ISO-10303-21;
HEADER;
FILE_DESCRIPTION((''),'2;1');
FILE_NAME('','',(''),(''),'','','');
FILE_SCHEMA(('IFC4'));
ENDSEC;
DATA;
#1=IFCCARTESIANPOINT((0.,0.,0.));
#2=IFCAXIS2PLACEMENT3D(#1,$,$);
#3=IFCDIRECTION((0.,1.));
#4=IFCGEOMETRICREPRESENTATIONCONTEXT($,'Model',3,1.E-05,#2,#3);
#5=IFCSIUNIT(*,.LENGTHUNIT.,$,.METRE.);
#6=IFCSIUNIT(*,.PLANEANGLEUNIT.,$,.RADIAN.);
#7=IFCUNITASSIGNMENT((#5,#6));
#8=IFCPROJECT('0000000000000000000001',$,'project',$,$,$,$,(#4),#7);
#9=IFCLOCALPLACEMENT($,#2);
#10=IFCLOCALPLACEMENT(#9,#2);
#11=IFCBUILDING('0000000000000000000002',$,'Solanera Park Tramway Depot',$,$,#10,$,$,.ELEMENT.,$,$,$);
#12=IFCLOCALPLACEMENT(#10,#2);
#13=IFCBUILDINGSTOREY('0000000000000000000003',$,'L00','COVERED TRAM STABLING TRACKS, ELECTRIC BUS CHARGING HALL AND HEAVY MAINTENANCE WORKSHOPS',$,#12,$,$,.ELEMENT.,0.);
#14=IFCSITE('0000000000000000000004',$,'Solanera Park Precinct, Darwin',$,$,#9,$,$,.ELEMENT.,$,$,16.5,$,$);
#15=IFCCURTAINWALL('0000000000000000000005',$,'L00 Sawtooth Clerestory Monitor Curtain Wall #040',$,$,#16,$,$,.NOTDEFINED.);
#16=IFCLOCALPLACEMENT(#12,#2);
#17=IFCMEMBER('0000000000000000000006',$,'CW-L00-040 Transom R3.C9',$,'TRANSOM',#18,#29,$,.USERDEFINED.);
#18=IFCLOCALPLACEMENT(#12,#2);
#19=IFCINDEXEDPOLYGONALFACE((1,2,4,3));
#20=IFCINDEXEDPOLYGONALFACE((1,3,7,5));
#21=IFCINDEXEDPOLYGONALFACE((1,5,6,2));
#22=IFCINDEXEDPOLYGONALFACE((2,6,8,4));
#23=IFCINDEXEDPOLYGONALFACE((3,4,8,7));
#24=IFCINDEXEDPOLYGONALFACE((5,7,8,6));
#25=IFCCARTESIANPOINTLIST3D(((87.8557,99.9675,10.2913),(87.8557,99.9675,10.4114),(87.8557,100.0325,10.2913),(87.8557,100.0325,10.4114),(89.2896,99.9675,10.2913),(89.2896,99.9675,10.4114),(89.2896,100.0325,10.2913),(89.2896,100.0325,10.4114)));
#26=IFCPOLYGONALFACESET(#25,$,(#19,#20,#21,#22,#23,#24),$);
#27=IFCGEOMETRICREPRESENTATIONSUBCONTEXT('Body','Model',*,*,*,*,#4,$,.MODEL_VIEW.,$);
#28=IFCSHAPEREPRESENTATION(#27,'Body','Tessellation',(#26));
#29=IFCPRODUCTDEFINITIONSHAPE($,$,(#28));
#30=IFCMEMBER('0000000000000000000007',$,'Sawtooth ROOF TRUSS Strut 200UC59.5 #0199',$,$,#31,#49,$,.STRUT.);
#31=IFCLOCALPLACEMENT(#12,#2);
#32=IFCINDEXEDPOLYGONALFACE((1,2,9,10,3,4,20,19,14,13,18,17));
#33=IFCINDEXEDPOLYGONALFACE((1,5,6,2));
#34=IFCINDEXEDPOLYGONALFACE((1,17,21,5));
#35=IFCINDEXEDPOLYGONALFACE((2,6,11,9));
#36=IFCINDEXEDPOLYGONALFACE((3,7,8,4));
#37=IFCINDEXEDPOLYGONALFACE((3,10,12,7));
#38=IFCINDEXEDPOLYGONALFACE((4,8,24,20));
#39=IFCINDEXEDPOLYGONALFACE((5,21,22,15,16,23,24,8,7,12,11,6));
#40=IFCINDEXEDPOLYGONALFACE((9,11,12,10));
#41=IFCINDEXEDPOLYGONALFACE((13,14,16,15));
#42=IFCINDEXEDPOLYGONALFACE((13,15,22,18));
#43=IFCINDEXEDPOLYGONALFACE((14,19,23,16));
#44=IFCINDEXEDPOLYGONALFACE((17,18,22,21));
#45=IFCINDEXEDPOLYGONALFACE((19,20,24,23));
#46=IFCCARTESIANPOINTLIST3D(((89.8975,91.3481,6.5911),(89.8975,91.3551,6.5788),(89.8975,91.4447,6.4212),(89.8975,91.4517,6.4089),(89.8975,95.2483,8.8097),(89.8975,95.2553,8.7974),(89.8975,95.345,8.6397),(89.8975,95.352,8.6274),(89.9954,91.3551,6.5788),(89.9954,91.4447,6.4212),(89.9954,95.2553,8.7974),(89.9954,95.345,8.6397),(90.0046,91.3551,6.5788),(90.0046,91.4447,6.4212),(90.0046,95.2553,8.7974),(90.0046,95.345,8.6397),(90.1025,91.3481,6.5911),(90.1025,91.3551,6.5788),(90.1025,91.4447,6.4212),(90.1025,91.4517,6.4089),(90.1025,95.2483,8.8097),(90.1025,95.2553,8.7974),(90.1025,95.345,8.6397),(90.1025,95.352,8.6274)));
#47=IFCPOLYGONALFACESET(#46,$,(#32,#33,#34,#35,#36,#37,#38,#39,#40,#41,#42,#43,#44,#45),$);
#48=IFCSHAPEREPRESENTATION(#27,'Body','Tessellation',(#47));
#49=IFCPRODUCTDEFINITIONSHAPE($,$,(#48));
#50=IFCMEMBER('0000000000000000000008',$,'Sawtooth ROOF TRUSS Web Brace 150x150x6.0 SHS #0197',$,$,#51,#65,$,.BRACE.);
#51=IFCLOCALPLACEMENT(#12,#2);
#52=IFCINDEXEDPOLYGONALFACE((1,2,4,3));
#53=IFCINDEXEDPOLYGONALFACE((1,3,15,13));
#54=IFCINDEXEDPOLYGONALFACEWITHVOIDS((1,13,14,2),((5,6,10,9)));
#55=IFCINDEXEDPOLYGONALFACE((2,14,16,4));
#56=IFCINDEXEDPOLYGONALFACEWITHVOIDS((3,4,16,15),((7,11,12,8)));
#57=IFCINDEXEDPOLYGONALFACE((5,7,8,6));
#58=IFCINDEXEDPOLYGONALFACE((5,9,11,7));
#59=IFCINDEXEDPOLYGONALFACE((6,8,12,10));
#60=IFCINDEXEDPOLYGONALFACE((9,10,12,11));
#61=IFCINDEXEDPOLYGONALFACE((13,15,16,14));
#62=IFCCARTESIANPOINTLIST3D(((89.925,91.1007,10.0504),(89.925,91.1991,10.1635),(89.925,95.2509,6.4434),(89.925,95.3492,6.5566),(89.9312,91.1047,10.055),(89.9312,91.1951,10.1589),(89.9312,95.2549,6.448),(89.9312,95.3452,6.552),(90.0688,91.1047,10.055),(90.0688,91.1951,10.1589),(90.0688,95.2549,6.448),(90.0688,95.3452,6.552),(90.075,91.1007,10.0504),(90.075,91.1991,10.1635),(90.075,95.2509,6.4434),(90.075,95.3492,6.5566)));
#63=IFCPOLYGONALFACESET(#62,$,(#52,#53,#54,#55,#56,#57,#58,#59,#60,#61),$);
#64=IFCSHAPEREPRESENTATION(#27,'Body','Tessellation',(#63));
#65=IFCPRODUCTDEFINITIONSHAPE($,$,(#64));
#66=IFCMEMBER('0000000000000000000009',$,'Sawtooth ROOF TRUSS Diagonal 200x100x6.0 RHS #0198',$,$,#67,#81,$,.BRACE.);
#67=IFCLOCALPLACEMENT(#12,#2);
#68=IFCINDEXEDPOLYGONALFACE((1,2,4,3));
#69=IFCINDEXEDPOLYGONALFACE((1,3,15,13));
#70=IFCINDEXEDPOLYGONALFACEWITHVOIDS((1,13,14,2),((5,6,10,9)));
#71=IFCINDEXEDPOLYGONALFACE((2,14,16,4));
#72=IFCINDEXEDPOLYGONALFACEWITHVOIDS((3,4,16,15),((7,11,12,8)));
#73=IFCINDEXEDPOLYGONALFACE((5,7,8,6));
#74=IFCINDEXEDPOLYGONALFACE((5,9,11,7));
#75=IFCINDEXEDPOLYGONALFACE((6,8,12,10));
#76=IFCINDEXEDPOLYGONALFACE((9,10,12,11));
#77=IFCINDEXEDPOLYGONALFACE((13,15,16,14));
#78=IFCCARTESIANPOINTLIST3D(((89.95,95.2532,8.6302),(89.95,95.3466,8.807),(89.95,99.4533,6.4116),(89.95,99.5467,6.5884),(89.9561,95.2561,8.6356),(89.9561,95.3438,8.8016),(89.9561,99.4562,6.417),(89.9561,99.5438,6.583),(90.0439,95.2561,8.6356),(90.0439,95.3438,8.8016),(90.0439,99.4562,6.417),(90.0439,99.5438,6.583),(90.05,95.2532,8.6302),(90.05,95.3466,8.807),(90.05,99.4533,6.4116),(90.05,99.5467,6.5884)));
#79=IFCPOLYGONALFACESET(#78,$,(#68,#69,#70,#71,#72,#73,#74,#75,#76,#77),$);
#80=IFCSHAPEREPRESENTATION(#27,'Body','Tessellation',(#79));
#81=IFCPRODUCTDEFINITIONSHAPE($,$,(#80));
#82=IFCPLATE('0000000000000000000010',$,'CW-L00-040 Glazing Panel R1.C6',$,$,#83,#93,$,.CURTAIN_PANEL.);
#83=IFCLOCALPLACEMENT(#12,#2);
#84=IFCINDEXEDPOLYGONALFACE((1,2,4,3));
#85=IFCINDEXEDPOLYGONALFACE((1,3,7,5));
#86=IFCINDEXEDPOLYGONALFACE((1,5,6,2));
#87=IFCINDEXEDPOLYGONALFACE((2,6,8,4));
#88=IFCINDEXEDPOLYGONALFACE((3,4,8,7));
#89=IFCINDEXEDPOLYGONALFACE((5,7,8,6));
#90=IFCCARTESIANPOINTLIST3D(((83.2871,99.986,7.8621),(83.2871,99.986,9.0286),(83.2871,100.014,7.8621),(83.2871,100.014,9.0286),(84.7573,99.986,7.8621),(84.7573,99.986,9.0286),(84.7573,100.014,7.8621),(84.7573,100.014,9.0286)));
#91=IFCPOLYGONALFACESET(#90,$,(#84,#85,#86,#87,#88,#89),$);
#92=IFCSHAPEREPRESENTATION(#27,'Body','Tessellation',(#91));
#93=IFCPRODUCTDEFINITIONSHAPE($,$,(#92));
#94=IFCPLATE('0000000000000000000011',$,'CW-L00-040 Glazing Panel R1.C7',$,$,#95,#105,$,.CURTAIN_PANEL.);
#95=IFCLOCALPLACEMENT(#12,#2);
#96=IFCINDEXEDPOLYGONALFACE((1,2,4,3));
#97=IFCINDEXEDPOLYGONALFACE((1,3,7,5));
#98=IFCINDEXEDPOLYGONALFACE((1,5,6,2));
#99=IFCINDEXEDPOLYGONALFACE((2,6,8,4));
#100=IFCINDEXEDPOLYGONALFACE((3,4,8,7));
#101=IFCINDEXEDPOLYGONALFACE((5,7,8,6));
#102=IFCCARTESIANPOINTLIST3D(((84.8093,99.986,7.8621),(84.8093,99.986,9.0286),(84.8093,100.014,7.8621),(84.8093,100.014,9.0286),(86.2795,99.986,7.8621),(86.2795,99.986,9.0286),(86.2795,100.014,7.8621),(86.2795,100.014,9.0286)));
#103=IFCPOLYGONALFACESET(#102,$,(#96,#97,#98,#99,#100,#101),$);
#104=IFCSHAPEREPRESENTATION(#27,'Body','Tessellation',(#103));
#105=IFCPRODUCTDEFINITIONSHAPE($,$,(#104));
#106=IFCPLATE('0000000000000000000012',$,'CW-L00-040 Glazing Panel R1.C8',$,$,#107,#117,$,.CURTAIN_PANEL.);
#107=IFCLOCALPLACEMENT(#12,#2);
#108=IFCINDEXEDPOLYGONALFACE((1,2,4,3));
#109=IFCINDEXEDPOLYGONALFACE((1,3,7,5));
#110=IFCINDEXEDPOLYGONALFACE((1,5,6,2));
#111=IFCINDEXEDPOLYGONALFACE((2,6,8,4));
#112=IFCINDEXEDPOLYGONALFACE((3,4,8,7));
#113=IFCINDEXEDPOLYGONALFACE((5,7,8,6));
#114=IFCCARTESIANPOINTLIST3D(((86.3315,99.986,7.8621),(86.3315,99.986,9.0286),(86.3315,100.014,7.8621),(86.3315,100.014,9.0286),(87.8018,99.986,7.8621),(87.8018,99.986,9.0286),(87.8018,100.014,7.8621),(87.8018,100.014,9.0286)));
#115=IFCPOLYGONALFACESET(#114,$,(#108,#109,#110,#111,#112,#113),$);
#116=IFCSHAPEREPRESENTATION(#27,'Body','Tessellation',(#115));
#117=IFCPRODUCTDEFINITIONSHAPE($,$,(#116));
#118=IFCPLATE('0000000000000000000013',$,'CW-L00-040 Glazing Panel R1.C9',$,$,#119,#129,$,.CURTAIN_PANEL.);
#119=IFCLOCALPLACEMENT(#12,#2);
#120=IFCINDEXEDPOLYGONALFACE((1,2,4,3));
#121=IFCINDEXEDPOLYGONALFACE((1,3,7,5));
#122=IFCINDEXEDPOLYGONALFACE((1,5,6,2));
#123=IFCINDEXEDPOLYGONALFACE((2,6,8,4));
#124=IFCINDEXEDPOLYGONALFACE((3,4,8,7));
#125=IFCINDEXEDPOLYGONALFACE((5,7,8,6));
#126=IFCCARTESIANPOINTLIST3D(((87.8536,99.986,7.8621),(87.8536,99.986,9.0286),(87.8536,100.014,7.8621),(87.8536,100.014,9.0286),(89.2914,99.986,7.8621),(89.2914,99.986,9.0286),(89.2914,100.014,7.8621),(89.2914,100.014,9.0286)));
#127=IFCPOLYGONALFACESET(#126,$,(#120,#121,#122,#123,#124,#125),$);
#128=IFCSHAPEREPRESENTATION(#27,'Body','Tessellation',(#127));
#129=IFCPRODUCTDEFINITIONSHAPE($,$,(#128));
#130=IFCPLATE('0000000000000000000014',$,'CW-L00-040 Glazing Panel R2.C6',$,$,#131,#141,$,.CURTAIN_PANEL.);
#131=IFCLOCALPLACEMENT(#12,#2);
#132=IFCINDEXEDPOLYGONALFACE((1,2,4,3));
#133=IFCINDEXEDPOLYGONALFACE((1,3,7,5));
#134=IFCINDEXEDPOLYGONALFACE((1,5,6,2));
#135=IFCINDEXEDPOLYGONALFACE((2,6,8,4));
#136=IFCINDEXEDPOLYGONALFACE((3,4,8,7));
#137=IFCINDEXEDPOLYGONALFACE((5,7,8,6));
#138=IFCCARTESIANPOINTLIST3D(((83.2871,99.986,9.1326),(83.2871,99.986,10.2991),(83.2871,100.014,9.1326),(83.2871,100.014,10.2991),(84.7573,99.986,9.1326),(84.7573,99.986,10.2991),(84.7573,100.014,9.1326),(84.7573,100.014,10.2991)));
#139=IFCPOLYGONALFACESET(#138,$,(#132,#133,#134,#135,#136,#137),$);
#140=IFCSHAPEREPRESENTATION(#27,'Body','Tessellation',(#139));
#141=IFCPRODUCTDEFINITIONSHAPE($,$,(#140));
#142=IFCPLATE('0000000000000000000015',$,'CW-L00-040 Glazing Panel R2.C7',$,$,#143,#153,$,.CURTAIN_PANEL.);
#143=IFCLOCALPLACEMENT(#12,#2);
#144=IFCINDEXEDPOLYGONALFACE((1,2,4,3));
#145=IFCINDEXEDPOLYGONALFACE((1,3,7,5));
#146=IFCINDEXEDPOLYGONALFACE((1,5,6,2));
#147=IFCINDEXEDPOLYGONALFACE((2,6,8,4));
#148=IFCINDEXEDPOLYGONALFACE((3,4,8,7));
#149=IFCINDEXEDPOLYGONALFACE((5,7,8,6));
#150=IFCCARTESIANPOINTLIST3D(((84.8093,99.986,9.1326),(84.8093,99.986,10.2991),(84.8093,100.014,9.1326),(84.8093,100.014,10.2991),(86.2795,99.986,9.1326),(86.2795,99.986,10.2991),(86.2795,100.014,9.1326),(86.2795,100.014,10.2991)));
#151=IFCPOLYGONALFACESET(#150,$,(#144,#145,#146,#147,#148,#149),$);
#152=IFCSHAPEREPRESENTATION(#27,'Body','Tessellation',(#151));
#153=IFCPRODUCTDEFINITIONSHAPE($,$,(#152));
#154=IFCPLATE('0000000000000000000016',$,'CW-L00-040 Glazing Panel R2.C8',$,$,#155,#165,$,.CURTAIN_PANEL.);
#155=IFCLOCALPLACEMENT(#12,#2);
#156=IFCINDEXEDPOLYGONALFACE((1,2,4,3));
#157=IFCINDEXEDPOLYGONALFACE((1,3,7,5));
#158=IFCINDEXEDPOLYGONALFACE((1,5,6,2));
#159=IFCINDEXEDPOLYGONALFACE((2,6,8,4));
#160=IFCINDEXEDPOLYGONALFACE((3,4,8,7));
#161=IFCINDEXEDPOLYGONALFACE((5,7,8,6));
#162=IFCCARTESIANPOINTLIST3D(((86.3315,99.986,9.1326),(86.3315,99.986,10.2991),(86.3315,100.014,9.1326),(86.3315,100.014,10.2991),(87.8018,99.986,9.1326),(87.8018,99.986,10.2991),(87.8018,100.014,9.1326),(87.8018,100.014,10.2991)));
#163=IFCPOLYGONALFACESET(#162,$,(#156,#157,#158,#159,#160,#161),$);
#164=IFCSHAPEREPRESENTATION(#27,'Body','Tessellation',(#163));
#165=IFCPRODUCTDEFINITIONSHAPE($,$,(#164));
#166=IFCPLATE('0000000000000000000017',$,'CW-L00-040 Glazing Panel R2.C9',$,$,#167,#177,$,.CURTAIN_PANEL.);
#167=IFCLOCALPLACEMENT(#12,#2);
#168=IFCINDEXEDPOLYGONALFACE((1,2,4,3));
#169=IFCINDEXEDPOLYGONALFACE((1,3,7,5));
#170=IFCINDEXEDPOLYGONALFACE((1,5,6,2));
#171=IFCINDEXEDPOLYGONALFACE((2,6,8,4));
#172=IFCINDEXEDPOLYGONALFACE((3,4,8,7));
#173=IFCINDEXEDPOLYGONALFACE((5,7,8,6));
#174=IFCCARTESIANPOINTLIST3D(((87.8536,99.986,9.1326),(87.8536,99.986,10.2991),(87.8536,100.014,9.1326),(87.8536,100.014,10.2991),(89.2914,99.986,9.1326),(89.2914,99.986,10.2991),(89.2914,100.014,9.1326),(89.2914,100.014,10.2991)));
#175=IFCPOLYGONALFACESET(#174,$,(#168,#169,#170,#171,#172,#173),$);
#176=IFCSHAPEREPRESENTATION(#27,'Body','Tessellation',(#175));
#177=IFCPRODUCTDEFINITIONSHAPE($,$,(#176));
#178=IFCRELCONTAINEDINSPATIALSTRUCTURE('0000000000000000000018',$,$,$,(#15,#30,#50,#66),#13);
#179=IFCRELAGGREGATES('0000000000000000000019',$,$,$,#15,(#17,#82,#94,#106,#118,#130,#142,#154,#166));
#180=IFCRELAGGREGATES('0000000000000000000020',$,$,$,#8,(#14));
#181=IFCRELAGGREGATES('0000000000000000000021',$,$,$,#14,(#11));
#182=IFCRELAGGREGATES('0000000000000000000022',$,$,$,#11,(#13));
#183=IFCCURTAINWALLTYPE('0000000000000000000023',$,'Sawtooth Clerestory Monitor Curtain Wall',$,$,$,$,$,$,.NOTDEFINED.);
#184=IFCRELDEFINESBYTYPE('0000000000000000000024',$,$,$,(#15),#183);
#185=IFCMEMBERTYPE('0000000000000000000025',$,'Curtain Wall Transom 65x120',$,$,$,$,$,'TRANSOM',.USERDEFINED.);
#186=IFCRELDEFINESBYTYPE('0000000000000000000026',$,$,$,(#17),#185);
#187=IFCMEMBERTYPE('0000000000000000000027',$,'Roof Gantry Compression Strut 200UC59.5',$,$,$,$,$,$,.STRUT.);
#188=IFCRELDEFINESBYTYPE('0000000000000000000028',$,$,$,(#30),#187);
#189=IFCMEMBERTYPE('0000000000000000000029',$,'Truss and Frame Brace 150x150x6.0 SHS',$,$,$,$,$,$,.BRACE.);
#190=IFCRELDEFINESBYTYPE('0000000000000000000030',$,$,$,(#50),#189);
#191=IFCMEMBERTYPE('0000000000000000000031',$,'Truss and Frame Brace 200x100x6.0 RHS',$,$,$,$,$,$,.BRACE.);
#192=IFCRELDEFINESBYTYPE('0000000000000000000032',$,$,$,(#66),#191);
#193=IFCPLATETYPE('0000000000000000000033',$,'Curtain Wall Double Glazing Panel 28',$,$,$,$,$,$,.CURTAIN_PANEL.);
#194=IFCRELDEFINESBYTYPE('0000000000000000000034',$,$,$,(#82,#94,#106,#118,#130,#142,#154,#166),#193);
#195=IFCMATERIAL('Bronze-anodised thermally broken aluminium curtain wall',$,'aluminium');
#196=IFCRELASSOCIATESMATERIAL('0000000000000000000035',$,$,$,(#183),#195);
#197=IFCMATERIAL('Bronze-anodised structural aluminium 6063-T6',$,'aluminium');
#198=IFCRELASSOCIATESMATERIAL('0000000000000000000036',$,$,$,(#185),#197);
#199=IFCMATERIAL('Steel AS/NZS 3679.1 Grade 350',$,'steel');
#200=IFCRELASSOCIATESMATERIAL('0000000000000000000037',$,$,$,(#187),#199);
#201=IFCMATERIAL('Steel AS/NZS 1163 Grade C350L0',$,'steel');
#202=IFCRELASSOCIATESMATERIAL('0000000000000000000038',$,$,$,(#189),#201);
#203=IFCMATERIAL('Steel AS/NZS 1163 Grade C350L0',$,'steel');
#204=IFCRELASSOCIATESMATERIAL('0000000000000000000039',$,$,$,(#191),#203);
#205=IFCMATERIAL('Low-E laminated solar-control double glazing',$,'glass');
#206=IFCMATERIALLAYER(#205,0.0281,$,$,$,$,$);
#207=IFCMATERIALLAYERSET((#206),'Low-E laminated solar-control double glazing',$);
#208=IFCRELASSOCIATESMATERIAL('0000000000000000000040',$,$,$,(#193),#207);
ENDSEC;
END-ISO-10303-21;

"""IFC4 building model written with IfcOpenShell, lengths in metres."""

from ifc_helpers import new_model, si_unit, direction, frame, origin, origin_2d, place, context, subcontext, project, spatial, rectangle, hollow_rectangle, i_section, extrude, material, layer, layer_set, material_profile, profile_set, type_object, element, aggregate, save


model = new_model("IFC4")

# Units and contexts
model_context = context("Model", 3, precision=1e-05, world=origin(), true_north=direction((0.0, 1.0)))
body_context = subcontext(model_context, "Body", "Model", "MODEL_VIEW")
ifc_project = project(units=[si_unit("LENGTHUNIT", "METRE"), si_unit("PLANEANGLEUNIT", "RADIAN")], contexts=[model_context])

# Site, building, storey
site_placement = place(None, origin())
site = spatial("IfcSite", under=ifc_project, at=site_placement, Name="Solanera Park Precinct, Darwin", CompositionType="ELEMENT", RefElevation=16.5)
building_placement = place(site_placement, origin())
building = spatial("IfcBuilding", under=site, at=building_placement, Name="Solanera Park Tramway Depot", CompositionType="ELEMENT")
storey_placement = place(building_placement, origin())
storey = spatial("IfcBuildingStorey", under=building, at=storey_placement, Name="L00", Description="COVERED TRAM STABLING TRACKS, ELECTRIC BUS CHARGING HALL AND HEAVY MAINTENANCE WORKSHOPS", CompositionType="ELEMENT", Elevation=0.0)

# Curtain wall, member
ifc_material_1 = material(Name="Bronze-anodised thermally broken aluminium curtain wall", Category="aluminium")
curtain_wall_type = type_object("IfcCurtainWallType", Name="Sawtooth Clerestory Monitor Curtain Wall", PredefinedType="NOTDEFINED", material=ifc_material_1)
curtain_wall_placement = place(storey_placement, origin())
curtain_wall = element("IfcCurtainWall", 1, at=curtain_wall_placement, inside=storey, type_object=curtain_wall_type, Name="L00 Sawtooth Clerestory Monitor Curtain Wall #040", PredefinedType="NOTDEFINED")
ifc_material_2 = material(Name="Bronze-anodised structural aluminium 6063-T6", Category="aluminium")
ifc_material_profile_1 = material_profile(ifc_material_2, rectangle(XDim=0.0649, YDim=0.1201, at=origin_2d()), Name="Curtain Wall Transom 65x120")
ifc_profile_set_1 = profile_set([ifc_material_profile_1], Name="Bronze-anodised structural aluminium 6063-T6")
member_type_1 = type_object("IfcMemberType", Name="Curtain Wall Transom 65x120", ElementType="TRANSOM", PredefinedType="USERDEFINED", material=ifc_profile_set_1)
member_1_placement = place(storey_placement, frame((87.8557, 100.0, 10.3513), z_axis=(1.0, 0.0, 0.0), x_axis=(0.0, 1.0, 0.0)))
member_1 = element("IfcMember", 2, at=member_1_placement, type_object=member_type_1, Name="CW-L00-040 Transom R3.C9", ObjectType="TRANSOM", PredefinedType="USERDEFINED", context=body_context, shape_type="SweptSolid", body=[
    extrude(rectangle(XDim=0.0649, YDim=0.1201, at=origin_2d()), origin(), (0.0, 0.0, 1.0), 1.4338),
])

# Members
ifc_material_3 = material(Name="Steel AS/NZS 3679.1 Grade 350", Category="steel")
ifc_material_profile_2 = material_profile(ifc_material_3, i_section(OverallWidth=0.2051, OverallDepth=0.2097, WebThickness=0.0093, FlangeThickness=0.0142, at=origin_2d()), Name="200UC59.5")
ifc_profile_set_2 = profile_set([ifc_material_profile_2], Name="Steel AS/NZS 3679.1 Grade 350")
member_type_2 = type_object("IfcMemberType", Name="Roof Gantry Compression Strut 200UC59.5", PredefinedType="STRUT", material=ifc_profile_set_2)
member_2_placement = place(storey_placement, frame((90.0, 91.3999, 6.5), z_axis=(0.0, 0.869216, 0.494433), x_axis=(-1.0, 0.0, 0.0)))
element("IfcMember", 3, at=member_2_placement, inside=storey, type_object=member_type_2, Name="Sawtooth ROOF TRUSS Strut 200UC59.5 #0199", PredefinedType="STRUT", context=body_context, shape_type="SweptSolid", body=[
    extrude(i_section(OverallWidth=0.2051, OverallDepth=0.2097, WebThickness=0.0093, FlangeThickness=0.0142, at=origin_2d()), origin(), (0.0, 0.0, 1.0), 4.4871),
])
ifc_material_4 = material(Name="Steel AS/NZS 1163 Grade C350L0", Category="steel")
ifc_material_profile_3 = material_profile(ifc_material_4, hollow_rectangle(XDim=0.1499, YDim=0.1499, WallThickness=0.0061, at=origin_2d()), Name="150x150x6.0 SHS")
ifc_profile_set_3 = profile_set([ifc_material_profile_3], Name="Steel AS/NZS 1163 Grade C350L0")
member_type_3 = type_object("IfcMemberType", Name="Truss and Frame Brace 150x150x6.0 SHS", PredefinedType="BRACE", material=ifc_profile_set_3)
member_3_placement = place(storey_placement, frame((90.0, 95.3, 6.5), z_axis=(0.0, -0.754776, 0.655983), x_axis=(1.0, 0.0, 0.0)))
element("IfcMember", 4, at=member_3_placement, inside=storey, type_object=member_type_3, Name="Sawtooth ROOF TRUSS Web Brace 150x150x6.0 SHS #0197", PredefinedType="BRACE", context=body_context, shape_type="SweptSolid", body=[
    extrude(hollow_rectangle(XDim=0.1499, YDim=0.1499, WallThickness=0.0061, at=origin_2d()), origin(), (0.0, 0.0, 1.0), 5.4985),
])
ifc_material_5 = material(Name="Steel AS/NZS 1163 Grade C350L0", Category="steel")
ifc_material_profile_4 = material_profile(ifc_material_5, hollow_rectangle(XDim=0.1001, YDim=0.2, WallThickness=0.0061, at=origin_2d()), Name="200x100x6.0 RHS")
ifc_profile_set_4 = profile_set([ifc_material_profile_4], Name="Steel AS/NZS 1163 Grade C350L0")
member_type_4 = type_object("IfcMemberType", Name="Truss and Frame Brace 200x100x6.0 RHS", PredefinedType="BRACE", material=ifc_profile_set_4)
member_4_placement = place(storey_placement, frame((90.0, 99.5, 6.5), z_axis=(0.0, -0.884223, 0.467066), x_axis=(1.0, 0.0, 0.0)))
element("IfcMember", 5, at=member_4_placement, inside=storey, type_object=member_type_4, Name="Sawtooth ROOF TRUSS Diagonal 200x100x6.0 RHS #0198", PredefinedType="BRACE", context=body_context, shape_type="SweptSolid", body=[
    extrude(hollow_rectangle(XDim=0.1001, YDim=0.2, WallThickness=0.0061, at=origin_2d()), origin(), (0.0, 0.0, 1.0), 4.75),
])

# Plates
ifc_material_6 = material(Name="Low-E laminated solar-control double glazing", Category="glass")
ifc_layer_1 = layer(ifc_material_6, 0.0281)
ifc_layer_set_1 = layer_set([ifc_layer_1], Name="Low-E laminated solar-control double glazing")
plate_type_1 = type_object("IfcPlateType", Name="Curtain Wall Double Glazing Panel 28", PredefinedType="CURTAIN_PANEL", material=ifc_layer_set_1)
plate_1_placement = place(storey_placement, frame((84.0222, 100.0, 7.8621), z_axis=(0.0, 0.0, 1.0), x_axis=(1.0, 0.0, 0.0)))
plate_1 = element("IfcPlate", 6, at=plate_1_placement, type_object=plate_type_1, Name="CW-L00-040 Glazing Panel R1.C6", PredefinedType="CURTAIN_PANEL", context=body_context, shape_type="SweptSolid", body=[
    extrude(rectangle(XDim=1.4702, YDim=0.0281, at=origin_2d()), origin(), (0.0, 0.0, 1.0), 1.1665),
])
plate_2_placement = place(storey_placement, frame((85.5444, 100.0, 7.8621), z_axis=(0.0, 0.0, 1.0), x_axis=(1.0, 0.0, 0.0)))
plate_2 = element("IfcPlate", 7, at=plate_2_placement, type_object=plate_type_1, Name="CW-L00-040 Glazing Panel R1.C7", PredefinedType="CURTAIN_PANEL", context=body_context, shape_type="SweptSolid", body=[
    extrude(rectangle(XDim=1.4702, YDim=0.0281, at=origin_2d()), origin(), (0.0, 0.0, 1.0), 1.1665),
])
plate_3_placement = place(storey_placement, frame((87.0667, 100.0, 7.8621), z_axis=(0.0, 0.0, 1.0), x_axis=(1.0, 0.0, 0.0)))
plate_3 = element("IfcPlate", 8, at=plate_3_placement, type_object=plate_type_1, Name="CW-L00-040 Glazing Panel R1.C8", PredefinedType="CURTAIN_PANEL", context=body_context, shape_type="SweptSolid", body=[
    extrude(rectangle(XDim=1.4702, YDim=0.0281, at=origin_2d()), origin(), (0.0, 0.0, 1.0), 1.1665),
])
plate_4_placement = place(storey_placement, frame((88.5725, 100.0, 7.8621), z_axis=(0.0, 0.0, 1.0), x_axis=(1.0, 0.0, 0.0)))
plate_4 = element("IfcPlate", 9, at=plate_4_placement, type_object=plate_type_1, Name="CW-L00-040 Glazing Panel R1.C9", PredefinedType="CURTAIN_PANEL", context=body_context, shape_type="SweptSolid", body=[
    extrude(rectangle(XDim=1.4377, YDim=0.0281, at=origin_2d()), origin(), (0.0, 0.0, 1.0), 1.1665),
])
plate_5_placement = place(storey_placement, frame((84.0222, 100.0, 9.1326), z_axis=(0.0, 0.0, 1.0), x_axis=(1.0, 0.0, 0.0)))
plate_5 = element("IfcPlate", 10, at=plate_5_placement, type_object=plate_type_1, Name="CW-L00-040 Glazing Panel R2.C6", PredefinedType="CURTAIN_PANEL", context=body_context, shape_type="SweptSolid", body=[
    extrude(rectangle(XDim=1.4702, YDim=0.0281, at=origin_2d()), origin(), (0.0, 0.0, 1.0), 1.1665),
])
plate_6_placement = place(storey_placement, frame((85.5444, 100.0, 9.1326), z_axis=(0.0, 0.0, 1.0), x_axis=(1.0, 0.0, 0.0)))
plate_6 = element("IfcPlate", 11, at=plate_6_placement, type_object=plate_type_1, Name="CW-L00-040 Glazing Panel R2.C7", PredefinedType="CURTAIN_PANEL", context=body_context, shape_type="SweptSolid", body=[
    extrude(rectangle(XDim=1.4702, YDim=0.0281, at=origin_2d()), origin(), (0.0, 0.0, 1.0), 1.1665),
])
plate_7_placement = place(storey_placement, frame((87.0667, 100.0, 9.1326), z_axis=(0.0, 0.0, 1.0), x_axis=(1.0, 0.0, 0.0)))
plate_7 = element("IfcPlate", 12, at=plate_7_placement, type_object=plate_type_1, Name="CW-L00-040 Glazing Panel R2.C8", PredefinedType="CURTAIN_PANEL", context=body_context, shape_type="SweptSolid", body=[
    extrude(rectangle(XDim=1.4702, YDim=0.0281, at=origin_2d()), origin(), (0.0, 0.0, 1.0), 1.1665),
])
plate_8_placement = place(storey_placement, frame((88.5725, 100.0, 9.1326), z_axis=(0.0, 0.0, 1.0), x_axis=(1.0, 0.0, 0.0)))
plate_8 = element("IfcPlate", 13, at=plate_8_placement, type_object=plate_type_1, Name="CW-L00-040 Glazing Panel R2.C9", PredefinedType="CURTAIN_PANEL", context=body_context, shape_type="SweptSolid", body=[
    extrude(rectangle(XDim=1.4377, YDim=0.0281, at=origin_2d()), origin(), (0.0, 0.0, 1.0), 1.1665),
])
aggregate(curtain_wall, [member_1, plate_1, plate_2, plate_3, plate_4, plate_5, plate_6, plate_7, plate_8])

save(model, "model.ifc")
